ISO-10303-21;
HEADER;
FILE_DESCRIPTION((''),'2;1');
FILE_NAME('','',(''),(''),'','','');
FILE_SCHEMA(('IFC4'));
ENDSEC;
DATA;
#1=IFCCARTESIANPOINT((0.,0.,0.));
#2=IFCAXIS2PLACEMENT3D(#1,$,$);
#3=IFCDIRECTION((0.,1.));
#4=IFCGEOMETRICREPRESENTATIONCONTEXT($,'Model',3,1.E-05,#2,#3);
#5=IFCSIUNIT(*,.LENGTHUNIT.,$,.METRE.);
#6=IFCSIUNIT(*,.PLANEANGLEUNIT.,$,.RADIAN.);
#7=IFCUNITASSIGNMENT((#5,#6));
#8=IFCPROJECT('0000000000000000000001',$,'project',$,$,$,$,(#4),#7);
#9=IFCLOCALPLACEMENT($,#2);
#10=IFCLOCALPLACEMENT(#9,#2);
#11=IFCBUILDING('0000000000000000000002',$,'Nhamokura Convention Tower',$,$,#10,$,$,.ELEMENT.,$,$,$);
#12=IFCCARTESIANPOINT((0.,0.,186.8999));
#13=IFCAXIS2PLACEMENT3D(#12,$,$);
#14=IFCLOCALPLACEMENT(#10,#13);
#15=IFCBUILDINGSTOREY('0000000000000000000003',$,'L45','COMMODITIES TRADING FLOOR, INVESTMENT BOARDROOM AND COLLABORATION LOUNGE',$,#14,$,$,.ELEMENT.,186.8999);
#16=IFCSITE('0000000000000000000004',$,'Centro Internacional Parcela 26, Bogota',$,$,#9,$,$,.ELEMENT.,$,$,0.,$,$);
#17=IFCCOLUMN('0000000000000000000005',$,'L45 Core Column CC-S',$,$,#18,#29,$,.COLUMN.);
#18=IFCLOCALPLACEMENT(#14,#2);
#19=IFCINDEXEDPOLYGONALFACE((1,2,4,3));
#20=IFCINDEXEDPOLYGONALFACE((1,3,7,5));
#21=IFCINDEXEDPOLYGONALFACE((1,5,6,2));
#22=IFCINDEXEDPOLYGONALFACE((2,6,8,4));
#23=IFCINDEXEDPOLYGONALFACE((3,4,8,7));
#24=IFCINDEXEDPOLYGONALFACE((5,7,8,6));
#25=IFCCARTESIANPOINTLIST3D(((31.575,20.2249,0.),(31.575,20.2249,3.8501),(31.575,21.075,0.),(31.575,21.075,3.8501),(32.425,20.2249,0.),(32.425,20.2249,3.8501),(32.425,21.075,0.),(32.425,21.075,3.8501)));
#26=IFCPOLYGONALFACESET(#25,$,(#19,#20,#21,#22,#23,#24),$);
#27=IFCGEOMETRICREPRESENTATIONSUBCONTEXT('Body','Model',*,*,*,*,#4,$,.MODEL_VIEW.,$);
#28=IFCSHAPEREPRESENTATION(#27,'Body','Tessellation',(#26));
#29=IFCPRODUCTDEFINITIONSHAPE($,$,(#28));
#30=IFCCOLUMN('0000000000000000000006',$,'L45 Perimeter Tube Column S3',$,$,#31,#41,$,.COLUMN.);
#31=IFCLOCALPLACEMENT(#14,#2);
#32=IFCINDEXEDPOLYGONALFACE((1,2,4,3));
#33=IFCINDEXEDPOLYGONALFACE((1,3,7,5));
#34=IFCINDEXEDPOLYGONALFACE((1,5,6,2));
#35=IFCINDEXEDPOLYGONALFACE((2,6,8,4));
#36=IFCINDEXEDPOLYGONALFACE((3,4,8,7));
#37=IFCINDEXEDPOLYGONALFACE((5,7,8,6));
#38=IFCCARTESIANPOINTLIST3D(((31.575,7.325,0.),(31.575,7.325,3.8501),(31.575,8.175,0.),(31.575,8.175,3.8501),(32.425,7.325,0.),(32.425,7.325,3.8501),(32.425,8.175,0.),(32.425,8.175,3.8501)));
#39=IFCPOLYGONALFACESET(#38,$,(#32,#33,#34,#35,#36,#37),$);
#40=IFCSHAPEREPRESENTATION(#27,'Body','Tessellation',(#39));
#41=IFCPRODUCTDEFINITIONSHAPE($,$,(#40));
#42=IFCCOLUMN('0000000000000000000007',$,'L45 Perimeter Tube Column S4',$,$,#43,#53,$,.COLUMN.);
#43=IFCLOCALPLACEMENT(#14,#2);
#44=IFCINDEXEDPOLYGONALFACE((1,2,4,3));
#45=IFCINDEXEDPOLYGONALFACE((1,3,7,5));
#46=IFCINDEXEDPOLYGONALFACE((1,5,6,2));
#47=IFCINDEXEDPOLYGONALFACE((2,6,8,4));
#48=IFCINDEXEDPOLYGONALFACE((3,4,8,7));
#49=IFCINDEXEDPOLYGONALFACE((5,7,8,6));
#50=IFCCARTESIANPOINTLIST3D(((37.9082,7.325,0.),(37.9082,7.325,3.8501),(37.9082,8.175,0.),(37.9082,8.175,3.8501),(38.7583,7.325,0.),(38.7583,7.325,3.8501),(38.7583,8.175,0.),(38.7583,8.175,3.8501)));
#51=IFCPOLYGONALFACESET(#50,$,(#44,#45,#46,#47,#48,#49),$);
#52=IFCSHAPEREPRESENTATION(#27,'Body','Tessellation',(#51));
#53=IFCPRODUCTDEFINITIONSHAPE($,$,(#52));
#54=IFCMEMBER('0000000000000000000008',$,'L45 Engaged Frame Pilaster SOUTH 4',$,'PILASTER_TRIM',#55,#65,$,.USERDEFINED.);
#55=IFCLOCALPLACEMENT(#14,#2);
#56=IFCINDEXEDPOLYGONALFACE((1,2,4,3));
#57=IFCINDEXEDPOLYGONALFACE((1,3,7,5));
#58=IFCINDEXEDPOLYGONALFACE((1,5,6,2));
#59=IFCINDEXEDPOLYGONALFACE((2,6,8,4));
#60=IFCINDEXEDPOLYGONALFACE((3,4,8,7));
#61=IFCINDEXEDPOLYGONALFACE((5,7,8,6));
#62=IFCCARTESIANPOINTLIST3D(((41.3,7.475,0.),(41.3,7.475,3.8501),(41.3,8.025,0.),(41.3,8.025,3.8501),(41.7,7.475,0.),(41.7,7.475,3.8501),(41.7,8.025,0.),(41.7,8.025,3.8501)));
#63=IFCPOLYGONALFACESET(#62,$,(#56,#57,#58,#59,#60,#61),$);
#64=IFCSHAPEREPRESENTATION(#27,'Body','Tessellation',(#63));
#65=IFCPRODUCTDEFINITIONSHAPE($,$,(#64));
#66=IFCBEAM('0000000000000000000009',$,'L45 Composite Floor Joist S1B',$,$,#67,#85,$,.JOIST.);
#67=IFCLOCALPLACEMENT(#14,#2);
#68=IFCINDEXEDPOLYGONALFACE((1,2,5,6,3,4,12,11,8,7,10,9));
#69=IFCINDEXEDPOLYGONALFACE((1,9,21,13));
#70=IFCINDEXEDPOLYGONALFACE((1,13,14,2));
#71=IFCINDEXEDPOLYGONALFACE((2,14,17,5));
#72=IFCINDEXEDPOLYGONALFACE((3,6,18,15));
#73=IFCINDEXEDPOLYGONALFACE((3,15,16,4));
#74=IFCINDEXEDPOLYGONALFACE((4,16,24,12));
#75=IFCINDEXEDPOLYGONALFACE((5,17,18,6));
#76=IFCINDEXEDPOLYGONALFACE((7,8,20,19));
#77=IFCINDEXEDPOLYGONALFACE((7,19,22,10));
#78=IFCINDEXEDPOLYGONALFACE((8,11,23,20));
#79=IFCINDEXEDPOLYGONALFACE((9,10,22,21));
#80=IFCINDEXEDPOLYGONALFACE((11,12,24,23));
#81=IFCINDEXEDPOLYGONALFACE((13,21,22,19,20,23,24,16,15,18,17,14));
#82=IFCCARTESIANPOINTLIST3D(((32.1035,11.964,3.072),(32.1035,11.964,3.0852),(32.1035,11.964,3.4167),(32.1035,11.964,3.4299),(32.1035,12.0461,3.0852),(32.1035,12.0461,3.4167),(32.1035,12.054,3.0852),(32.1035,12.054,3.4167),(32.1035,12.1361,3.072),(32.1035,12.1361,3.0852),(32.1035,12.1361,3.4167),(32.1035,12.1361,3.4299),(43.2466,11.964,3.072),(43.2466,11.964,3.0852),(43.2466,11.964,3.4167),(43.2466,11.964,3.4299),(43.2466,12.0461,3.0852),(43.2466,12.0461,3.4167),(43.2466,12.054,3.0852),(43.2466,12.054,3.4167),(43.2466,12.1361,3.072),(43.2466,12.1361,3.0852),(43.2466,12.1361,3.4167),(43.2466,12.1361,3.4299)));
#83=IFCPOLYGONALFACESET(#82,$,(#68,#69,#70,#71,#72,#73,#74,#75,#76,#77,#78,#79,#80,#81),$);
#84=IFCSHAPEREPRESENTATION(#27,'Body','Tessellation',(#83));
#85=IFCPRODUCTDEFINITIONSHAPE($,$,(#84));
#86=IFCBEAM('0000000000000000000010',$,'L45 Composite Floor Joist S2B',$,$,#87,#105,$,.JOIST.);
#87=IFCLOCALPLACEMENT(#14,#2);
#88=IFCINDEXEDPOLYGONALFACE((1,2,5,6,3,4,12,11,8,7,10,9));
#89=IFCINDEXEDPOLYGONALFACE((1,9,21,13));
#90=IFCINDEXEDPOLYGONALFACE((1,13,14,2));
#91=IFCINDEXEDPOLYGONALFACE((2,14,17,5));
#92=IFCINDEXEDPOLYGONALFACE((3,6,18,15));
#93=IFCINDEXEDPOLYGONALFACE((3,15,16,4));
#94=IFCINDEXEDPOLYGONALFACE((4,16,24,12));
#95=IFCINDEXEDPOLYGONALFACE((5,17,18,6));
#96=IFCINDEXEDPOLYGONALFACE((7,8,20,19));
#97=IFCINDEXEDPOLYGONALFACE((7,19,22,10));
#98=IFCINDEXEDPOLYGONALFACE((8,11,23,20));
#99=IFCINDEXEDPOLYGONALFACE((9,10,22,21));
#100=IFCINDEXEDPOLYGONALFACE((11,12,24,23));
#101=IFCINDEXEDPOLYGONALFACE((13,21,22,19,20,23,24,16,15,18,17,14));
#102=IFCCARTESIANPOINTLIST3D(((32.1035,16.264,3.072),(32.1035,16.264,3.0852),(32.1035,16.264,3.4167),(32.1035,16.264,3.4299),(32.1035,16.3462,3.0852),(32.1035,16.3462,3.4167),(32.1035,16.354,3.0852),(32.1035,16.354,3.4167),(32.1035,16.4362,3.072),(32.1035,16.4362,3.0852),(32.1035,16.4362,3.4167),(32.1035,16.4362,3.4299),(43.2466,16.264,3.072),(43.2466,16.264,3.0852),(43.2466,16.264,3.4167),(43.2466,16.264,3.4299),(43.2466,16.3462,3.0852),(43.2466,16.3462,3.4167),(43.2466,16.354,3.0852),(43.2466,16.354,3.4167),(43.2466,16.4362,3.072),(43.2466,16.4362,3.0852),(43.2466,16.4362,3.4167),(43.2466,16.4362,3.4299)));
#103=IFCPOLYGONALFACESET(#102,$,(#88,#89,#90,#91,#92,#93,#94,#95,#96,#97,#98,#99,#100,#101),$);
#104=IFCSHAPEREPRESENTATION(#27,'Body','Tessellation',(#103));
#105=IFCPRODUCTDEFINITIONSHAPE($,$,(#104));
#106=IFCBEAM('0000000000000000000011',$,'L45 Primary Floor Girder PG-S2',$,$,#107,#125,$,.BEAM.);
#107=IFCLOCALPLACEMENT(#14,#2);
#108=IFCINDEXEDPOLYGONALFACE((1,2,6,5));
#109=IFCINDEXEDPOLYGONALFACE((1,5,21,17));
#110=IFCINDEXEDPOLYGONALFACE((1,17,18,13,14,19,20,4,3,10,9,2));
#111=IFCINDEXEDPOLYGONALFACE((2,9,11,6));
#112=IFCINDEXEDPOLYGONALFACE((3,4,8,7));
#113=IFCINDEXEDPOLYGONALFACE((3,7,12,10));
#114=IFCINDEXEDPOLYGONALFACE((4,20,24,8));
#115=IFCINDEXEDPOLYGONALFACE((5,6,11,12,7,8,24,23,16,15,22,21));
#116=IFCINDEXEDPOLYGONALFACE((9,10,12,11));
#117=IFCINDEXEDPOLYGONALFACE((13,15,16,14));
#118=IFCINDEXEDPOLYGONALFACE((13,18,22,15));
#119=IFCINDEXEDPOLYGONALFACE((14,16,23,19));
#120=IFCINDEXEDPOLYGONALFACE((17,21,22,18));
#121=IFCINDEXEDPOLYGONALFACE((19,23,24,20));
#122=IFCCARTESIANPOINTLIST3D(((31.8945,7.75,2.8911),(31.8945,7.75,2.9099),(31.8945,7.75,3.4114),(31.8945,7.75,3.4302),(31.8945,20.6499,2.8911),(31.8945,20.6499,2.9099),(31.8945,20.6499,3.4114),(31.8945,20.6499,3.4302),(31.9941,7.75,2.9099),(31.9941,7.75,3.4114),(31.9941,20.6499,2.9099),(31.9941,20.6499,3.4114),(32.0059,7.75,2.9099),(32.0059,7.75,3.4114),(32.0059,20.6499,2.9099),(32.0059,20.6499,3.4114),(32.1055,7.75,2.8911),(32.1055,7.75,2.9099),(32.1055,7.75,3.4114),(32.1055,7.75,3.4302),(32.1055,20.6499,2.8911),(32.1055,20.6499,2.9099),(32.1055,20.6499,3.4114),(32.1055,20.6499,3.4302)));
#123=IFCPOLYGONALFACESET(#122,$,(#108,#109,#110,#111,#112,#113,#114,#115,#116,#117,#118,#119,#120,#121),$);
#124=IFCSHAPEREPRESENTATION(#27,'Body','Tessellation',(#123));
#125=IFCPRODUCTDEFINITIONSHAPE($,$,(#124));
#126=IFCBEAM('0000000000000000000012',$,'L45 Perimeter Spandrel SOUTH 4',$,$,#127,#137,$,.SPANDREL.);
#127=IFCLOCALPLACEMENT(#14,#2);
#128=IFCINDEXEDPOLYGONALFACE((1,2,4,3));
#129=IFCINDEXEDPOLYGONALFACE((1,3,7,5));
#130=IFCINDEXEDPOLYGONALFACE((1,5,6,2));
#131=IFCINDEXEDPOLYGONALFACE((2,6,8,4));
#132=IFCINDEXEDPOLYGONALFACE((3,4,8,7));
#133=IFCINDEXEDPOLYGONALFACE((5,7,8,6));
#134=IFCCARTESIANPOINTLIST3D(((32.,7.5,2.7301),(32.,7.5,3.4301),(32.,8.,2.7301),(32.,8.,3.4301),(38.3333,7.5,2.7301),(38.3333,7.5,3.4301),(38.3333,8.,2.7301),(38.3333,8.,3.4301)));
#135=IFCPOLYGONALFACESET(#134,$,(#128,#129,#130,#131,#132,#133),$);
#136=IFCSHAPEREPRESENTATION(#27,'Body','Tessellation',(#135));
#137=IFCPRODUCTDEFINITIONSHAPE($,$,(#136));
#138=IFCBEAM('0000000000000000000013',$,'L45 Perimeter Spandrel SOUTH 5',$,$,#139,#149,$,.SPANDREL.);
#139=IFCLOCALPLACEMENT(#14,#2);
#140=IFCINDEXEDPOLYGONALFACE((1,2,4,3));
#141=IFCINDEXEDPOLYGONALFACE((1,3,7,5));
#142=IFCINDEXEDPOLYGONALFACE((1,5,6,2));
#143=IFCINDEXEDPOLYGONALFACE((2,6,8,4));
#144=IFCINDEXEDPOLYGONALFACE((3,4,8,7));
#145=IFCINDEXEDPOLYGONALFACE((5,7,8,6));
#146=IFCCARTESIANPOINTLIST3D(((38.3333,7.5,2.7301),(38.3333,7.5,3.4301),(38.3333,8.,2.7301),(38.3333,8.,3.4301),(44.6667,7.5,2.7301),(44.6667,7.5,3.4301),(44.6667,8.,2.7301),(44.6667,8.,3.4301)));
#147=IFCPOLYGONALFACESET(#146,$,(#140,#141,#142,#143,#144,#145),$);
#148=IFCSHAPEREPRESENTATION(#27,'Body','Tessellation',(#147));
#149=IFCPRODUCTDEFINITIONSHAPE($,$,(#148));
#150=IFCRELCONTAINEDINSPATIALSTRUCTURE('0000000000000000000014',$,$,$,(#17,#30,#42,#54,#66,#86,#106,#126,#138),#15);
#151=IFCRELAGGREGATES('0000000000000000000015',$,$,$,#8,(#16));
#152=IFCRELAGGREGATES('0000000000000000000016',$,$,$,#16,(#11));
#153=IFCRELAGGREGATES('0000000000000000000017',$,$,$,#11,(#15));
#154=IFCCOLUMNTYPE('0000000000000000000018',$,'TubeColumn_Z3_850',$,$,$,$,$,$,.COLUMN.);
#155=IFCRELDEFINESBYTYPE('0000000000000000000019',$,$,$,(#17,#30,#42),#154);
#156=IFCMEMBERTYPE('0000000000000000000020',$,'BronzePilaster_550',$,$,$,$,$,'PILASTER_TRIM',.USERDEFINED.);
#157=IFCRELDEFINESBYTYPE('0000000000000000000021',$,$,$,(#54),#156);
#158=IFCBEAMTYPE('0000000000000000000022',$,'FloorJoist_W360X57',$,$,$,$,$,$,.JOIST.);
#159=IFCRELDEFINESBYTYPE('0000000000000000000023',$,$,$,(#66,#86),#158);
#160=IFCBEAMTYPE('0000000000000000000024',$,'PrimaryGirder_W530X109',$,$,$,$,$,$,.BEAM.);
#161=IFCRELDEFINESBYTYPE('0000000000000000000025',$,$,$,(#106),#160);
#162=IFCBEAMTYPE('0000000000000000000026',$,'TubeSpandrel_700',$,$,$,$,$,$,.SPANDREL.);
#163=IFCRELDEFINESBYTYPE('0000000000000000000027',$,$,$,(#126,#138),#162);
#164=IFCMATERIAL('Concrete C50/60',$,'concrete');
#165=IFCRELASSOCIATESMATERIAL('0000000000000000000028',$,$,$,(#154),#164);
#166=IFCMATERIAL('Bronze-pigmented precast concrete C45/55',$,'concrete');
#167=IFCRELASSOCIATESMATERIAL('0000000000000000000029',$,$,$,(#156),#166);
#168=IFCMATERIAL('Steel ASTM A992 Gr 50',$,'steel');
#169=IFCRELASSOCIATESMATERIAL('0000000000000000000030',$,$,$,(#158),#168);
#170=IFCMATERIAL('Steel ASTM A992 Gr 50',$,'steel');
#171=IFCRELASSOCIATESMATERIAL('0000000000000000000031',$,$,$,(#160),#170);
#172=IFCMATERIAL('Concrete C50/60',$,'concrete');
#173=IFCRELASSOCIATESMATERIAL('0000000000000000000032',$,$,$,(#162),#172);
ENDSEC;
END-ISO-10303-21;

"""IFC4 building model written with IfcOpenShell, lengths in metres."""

from ifc_helpers import new_model, si_unit, direction, frame, origin, origin_2d, place, context, subcontext, project, spatial, rectangle, i_section, extrude, material, material_profile, profile_set, type_object, element, save


model = new_model("IFC4")

# Units and contexts
model_context = context("Model", 3, precision=1e-05, world=origin(), true_north=direction((0.0, 1.0)))
body_context = subcontext(model_context, "Body", "Model", "MODEL_VIEW")
ifc_project = project(units=[si_unit("LENGTHUNIT", "METRE"), si_unit("PLANEANGLEUNIT", "RADIAN")], contexts=[model_context])

# Site, building, storey
site_placement = place(None, origin())
site = spatial("IfcSite", under=ifc_project, at=site_placement, Name="Centro Internacional Parcela 26, Bogota", CompositionType="ELEMENT", RefElevation=0.0)
building_placement = place(site_placement, origin())
building = spatial("IfcBuilding", under=site, at=building_placement, Name="Nhamokura Convention Tower", CompositionType="ELEMENT")
storey_placement = place(building_placement, frame((0.0, 0.0, 186.8999)))
storey = spatial("IfcBuildingStorey", under=building, at=storey_placement, Name="L45", Description="COMMODITIES TRADING FLOOR, INVESTMENT BOARDROOM AND COLLABORATION LOUNGE", CompositionType="ELEMENT", Elevation=186.8999)

# Columns
ifc_material_1 = material(Name="Concrete C50/60", Category="concrete")
ifc_material_profile_1 = material_profile(ifc_material_1, rectangle(XDim=0.8501, YDim=0.8501, at=origin_2d()))
ifc_profile_set_1 = profile_set([ifc_material_profile_1], Name="Concrete C50/60")
column_type = type_object("IfcColumnType", Name="TubeColumn_Z3_850", PredefinedType="COLUMN", material=ifc_profile_set_1)
for number, where, z_axis, x_axis, name in (
    (1, (32.0, 20.6499, 0.0), (0.0, 0.0, 1.0), (1.0, 0.0, 0.0), "L45 Core Column CC-S"),
    (2, (32.0, 7.75, 0.0), (0.0, 0.0, 1.0), (1.0, 0.0, 0.0), "L45 Perimeter Tube Column S3"),
    (3, (38.3333, 7.75, 0.0), (0.0, 0.0, 1.0), (1.0, 0.0, 0.0), "L45 Perimeter Tube Column S4"),
):
    element("IfcColumn", number, at=place(storey_placement, frame(where, z_axis=z_axis, x_axis=x_axis)), inside=storey, type_object=column_type, Name=name, PredefinedType="COLUMN", context=body_context, shape_type="SweptSolid", body=[
        extrude(rectangle(XDim=0.8501, YDim=0.8501, at=origin_2d()), origin(), (0.0, 0.0, 1.0), 3.8501),
    ])

# Member
ifc_material_2 = material(Name="Bronze-pigmented precast concrete C45/55", Category="concrete")
ifc_material_profile_2 = material_profile(ifc_material_2, rectangle(XDim=0.3999, YDim=0.55, at=origin_2d()))
ifc_profile_set_2 = profile_set([ifc_material_profile_2], Name="Bronze-pigmented precast concrete C45/55")
member_type = type_object("IfcMemberType", Name="BronzePilaster_550", ElementType="PILASTER_TRIM", PredefinedType="USERDEFINED", material=ifc_profile_set_2)
member_placement = place(storey_placement, frame((41.5, 7.75, 0.0), z_axis=(0.0, 0.0, 1.0), x_axis=(1.0, 0.0, 0.0)))
element("IfcMember", 4, at=member_placement, inside=storey, type_object=member_type, Name="L45 Engaged Frame Pilaster SOUTH 4", ObjectType="PILASTER_TRIM", PredefinedType="USERDEFINED", context=body_context, shape_type="SweptSolid", body=[
    extrude(rectangle(XDim=0.3999, YDim=0.55, at=origin_2d()), origin(), (0.0, 0.0, 1.0), 3.8501),
])

# Beams
ifc_material_3 = material(Name="Steel ASTM A992 Gr 50", Category="steel")
ifc_material_profile_3 = material_profile(ifc_material_3, i_section(OverallWidth=0.1721, OverallDepth=0.3579, WebThickness=0.0078, FlangeThickness=0.0132, at=origin_2d()))
ifc_profile_set_3 = profile_set([ifc_material_profile_3], Name="Steel ASTM A992 Gr 50")
beam_type_1 = type_object("IfcBeamType", Name="FloorJoist_W360X57", PredefinedType="JOIST", material=ifc_profile_set_3)
for number, where, z_axis, x_axis, name in (
    (5, (32.1035, 12.05, 3.251), (1.0, 0.0, 0.0), (0.0, 1.0, 0.0), "L45 Composite Floor Joist S1B"),
    (6, (32.1035, 16.3501, 3.251), (1.0, 0.0, 0.0), (0.0, 1.0, 0.0), "L45 Composite Floor Joist S2B"),
):
    element("IfcBeam", number, at=place(storey_placement, frame(where, z_axis=z_axis, x_axis=x_axis)), inside=storey, type_object=beam_type_1, Name=name, PredefinedType="JOIST", context=body_context, shape_type="SweptSolid", body=[
        extrude(i_section(OverallWidth=0.1721, OverallDepth=0.3579, WebThickness=0.0078, FlangeThickness=0.0132, at=origin_2d()), origin(), (0.0, 0.0, 1.0), 11.1431),
    ])
ifc_material_4 = material(Name="Steel ASTM A992 Gr 50", Category="steel")
ifc_material_profile_4 = material_profile(ifc_material_4, i_section(OverallWidth=0.2109, OverallDepth=0.5391, WebThickness=0.0117, FlangeThickness=0.0188, at=origin_2d()))
ifc_profile_set_4 = profile_set([ifc_material_profile_4], Name="Steel ASTM A992 Gr 50")
beam_type_2 = type_object("IfcBeamType", Name="PrimaryGirder_W530X109", PredefinedType="BEAM", material=ifc_profile_set_4)
beam_1_placement = place(storey_placement, frame((32.0, 7.75, 3.1606), z_axis=(0.0, 1.0, 0.0), x_axis=(-1.0, 0.0, 0.0)))
element("IfcBeam", 7, at=beam_1_placement, inside=storey, type_object=beam_type_2, Name="L45 Primary Floor Girder PG-S2", PredefinedType="BEAM", context=body_context, shape_type="SweptSolid", body=[
    extrude(i_section(OverallWidth=0.2109, OverallDepth=0.5391, WebThickness=0.0117, FlangeThickness=0.0188, at=origin_2d()), origin(), (0.0, 0.0, 1.0), 12.8999),
])
ifc_material_5 = material(Name="Concrete C50/60", Category="concrete")
ifc_material_profile_5 = material_profile(ifc_material_5, rectangle(XDim=0.5, YDim=0.7, at=origin_2d()))
ifc_profile_set_5 = profile_set([ifc_material_profile_5], Name="Concrete C50/60")
beam_type_3 = type_object("IfcBeamType", Name="TubeSpandrel_700", PredefinedType="SPANDREL", material=ifc_profile_set_5)
beam_2_placement = place(storey_placement, frame((32.0, 7.75, 3.0801), z_axis=(1.0, 0.0, 0.0), x_axis=(0.0, 1.0, 0.0)))
element("IfcBeam", 8, at=beam_2_placement, inside=storey, type_object=beam_type_3, Name="L45 Perimeter Spandrel SOUTH 4", PredefinedType="SPANDREL", context=body_context, shape_type="SweptSolid", body=[
    extrude(rectangle(XDim=0.5, YDim=0.7, at=origin_2d()), origin(), (0.0, 0.0, 1.0), 6.3333),
])
beam_3_placement = place(storey_placement, frame((38.3333, 7.75, 3.0801), z_axis=(1.0, 0.0, 0.0), x_axis=(0.0, 1.0, 0.0)))
element("IfcBeam", 9, at=beam_3_placement, inside=storey, type_object=beam_type_3, Name="L45 Perimeter Spandrel SOUTH 5", PredefinedType="SPANDREL", context=body_context, shape_type="SweptSolid", body=[
    extrude(rectangle(XDim=0.5, YDim=0.7, at=origin_2d()), origin(), (0.0, 0.0, 1.0), 6.3335),
])

save(model, "model.ifc")
